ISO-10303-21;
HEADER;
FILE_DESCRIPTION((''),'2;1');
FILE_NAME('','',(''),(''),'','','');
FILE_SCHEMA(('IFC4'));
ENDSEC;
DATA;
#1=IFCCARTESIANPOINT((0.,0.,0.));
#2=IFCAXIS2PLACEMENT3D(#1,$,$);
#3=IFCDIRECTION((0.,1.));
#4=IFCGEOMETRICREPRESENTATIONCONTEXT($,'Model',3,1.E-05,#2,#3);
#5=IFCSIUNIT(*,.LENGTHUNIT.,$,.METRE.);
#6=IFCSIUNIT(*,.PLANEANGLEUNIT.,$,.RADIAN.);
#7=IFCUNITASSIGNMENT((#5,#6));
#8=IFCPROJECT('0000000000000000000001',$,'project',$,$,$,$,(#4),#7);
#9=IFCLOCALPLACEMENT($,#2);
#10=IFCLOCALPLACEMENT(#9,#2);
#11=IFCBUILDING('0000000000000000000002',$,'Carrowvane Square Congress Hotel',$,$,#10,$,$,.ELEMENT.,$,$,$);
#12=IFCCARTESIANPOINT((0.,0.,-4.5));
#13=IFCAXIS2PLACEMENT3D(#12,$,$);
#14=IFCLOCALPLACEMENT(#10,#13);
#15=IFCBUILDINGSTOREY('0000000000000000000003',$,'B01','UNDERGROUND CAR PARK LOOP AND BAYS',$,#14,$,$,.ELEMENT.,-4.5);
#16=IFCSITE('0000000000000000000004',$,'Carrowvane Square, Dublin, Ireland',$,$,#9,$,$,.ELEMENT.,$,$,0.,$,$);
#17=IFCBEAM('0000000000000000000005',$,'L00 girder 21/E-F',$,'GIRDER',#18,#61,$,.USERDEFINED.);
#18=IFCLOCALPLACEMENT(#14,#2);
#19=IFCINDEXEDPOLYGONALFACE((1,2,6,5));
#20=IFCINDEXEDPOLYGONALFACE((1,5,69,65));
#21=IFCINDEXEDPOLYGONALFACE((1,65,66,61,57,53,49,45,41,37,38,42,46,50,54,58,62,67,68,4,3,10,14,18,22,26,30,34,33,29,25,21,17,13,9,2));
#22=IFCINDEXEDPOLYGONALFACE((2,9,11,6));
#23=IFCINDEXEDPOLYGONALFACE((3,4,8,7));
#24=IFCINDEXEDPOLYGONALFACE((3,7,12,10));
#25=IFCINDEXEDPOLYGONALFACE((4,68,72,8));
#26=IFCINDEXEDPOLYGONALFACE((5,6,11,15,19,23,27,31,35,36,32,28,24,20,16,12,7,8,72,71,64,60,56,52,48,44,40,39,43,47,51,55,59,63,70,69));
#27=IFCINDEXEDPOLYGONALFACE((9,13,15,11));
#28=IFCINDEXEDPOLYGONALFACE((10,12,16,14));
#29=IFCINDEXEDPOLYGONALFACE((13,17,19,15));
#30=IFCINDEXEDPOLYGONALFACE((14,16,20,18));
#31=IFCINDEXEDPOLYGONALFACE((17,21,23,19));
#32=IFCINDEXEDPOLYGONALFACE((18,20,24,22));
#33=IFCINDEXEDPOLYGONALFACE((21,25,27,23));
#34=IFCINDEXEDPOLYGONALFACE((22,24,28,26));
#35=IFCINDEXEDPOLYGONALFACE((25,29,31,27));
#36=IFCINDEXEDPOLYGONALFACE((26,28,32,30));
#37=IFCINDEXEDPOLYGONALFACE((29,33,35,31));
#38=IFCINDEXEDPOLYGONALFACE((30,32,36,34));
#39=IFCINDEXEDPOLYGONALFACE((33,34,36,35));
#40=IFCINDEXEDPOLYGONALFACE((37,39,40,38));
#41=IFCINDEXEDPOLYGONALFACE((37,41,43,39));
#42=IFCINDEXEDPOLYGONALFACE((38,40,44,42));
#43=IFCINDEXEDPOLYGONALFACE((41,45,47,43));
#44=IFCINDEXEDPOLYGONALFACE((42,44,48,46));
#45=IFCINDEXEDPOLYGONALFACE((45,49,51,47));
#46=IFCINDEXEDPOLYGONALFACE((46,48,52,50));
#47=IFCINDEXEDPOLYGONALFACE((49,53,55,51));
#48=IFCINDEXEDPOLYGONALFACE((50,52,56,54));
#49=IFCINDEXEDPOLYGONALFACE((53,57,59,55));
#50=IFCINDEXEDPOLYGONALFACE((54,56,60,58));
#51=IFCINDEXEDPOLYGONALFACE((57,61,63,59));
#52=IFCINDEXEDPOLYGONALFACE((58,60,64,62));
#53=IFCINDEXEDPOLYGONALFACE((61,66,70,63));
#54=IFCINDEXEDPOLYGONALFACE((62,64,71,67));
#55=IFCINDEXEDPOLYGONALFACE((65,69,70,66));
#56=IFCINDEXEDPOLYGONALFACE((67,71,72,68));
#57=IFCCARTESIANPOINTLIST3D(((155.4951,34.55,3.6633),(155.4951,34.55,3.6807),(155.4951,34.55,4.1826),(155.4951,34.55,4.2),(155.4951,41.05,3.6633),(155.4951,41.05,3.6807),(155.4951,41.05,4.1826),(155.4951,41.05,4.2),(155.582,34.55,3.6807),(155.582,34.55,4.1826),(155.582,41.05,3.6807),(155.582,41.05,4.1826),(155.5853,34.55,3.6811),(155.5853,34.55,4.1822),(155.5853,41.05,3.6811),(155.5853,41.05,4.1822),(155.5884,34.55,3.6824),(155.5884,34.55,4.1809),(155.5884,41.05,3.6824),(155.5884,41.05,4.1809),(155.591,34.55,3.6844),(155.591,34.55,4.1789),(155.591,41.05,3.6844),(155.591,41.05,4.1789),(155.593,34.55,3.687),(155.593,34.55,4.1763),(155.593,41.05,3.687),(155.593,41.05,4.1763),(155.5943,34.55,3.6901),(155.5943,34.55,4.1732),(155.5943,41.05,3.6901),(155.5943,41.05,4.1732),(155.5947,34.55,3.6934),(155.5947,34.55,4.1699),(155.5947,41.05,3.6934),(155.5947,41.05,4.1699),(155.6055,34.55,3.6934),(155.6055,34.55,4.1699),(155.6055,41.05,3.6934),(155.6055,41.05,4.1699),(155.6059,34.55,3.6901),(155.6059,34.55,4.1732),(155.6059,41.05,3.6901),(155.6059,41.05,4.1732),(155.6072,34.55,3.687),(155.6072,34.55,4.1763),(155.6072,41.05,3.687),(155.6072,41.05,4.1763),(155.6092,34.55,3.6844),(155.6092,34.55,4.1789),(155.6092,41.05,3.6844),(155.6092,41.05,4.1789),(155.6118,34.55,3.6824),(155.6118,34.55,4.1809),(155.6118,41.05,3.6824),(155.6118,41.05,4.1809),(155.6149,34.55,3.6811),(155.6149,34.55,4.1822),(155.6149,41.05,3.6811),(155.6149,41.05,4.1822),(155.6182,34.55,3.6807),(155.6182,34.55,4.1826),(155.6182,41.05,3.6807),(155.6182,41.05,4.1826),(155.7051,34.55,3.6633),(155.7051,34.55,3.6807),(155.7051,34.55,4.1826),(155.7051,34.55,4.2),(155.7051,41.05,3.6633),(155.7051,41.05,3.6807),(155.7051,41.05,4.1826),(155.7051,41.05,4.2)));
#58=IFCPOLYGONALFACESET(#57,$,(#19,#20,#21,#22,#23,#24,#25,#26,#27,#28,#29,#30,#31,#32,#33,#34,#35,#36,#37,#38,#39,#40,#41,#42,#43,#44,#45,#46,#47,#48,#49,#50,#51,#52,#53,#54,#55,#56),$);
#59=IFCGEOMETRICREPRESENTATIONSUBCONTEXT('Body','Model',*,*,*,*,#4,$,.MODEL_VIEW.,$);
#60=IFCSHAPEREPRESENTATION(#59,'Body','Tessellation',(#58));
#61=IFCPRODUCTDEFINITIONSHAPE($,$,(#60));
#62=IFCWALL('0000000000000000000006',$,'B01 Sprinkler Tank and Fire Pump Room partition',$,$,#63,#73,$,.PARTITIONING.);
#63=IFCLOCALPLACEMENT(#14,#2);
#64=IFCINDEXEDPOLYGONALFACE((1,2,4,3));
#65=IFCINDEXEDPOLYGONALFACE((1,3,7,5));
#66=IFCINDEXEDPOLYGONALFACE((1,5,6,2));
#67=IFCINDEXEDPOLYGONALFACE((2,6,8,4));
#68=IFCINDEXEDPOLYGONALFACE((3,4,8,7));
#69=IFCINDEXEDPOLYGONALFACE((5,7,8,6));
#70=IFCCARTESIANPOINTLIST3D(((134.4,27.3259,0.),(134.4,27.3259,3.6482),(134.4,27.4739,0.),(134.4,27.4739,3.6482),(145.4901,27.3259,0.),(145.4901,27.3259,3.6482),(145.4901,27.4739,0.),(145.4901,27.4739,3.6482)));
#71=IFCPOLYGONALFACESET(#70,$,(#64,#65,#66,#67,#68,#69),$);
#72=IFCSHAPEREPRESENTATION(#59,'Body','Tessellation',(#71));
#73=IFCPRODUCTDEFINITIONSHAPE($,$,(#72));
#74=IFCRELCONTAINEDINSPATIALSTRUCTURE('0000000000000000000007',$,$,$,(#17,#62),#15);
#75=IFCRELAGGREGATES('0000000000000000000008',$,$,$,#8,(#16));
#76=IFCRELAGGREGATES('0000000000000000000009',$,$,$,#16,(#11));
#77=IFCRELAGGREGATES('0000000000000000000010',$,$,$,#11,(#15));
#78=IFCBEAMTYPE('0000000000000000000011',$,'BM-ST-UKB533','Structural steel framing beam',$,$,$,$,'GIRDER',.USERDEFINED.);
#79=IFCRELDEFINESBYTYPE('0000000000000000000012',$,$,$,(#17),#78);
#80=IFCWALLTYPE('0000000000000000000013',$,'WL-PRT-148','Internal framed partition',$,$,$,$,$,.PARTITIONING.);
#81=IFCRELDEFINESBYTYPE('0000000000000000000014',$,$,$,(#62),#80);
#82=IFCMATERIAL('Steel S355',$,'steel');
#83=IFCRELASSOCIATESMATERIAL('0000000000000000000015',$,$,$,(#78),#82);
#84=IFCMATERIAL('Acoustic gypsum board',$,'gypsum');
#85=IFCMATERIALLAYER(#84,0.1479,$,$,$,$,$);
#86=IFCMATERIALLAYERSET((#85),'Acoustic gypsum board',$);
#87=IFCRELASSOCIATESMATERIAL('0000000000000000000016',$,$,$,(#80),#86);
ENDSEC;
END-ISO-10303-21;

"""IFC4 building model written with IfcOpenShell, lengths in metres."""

from ifc_helpers import new_model, si_unit, direction, frame, frame_2d, origin, origin_2d, place, context, subcontext, project, spatial, rectangle, i_section, extrude, material, layer, layer_set, material_profile, profile_set, type_object, element, save


model = new_model("IFC4")

# Units and contexts
model_context = context("Model", 3, precision=1e-05, world=origin(), true_north=direction((0.0, 1.0)))
body_context = subcontext(model_context, "Body", "Model", "MODEL_VIEW")
ifc_project = project(units=[si_unit("LENGTHUNIT", "METRE"), si_unit("PLANEANGLEUNIT", "RADIAN")], contexts=[model_context])

# Site, building, storey
site_placement = place(None, origin())
site = spatial("IfcSite", under=ifc_project, at=site_placement, Name="Carrowvane Square, Dublin, Ireland", CompositionType="ELEMENT", RefElevation=0.0)
building_placement = place(site_placement, origin())
building = spatial("IfcBuilding", under=site, at=building_placement, Name="Carrowvane Square Congress Hotel", CompositionType="ELEMENT")
storey_placement = place(building_placement, frame((0.0, 0.0, -4.5)))
storey = spatial("IfcBuildingStorey", under=building, at=storey_placement, Name="B01", Description="UNDERGROUND CAR PARK LOOP AND BAYS", CompositionType="ELEMENT", Elevation=-4.5)

# Beam
ifc_material_1 = material(Name="Steel S355", Category="steel")
ifc_material_profile_1 = material_profile(ifc_material_1, i_section(OverallWidth=0.21, OverallDepth=0.5366, WebThickness=0.0107, FlangeThickness=0.0173, FilletRadius=0.0127, at=origin_2d()), Name="UKB 533x210x101")
ifc_profile_set_1 = profile_set([ifc_material_profile_1], Name="Steel S355")
beam_type_1 = type_object("IfcBeamType", Name="BM-ST-UKB533", Description="Structural steel framing beam", ElementType="GIRDER", PredefinedType="USERDEFINED", material=ifc_profile_set_1)
for number, where, z_axis, x_axis, name in (
    (1, (155.6001, 34.55, 3.9316), (0.0, 1.0, 0.0), (-1.0, 0.0, 0.0), "L00 girder 21/E-F"),
):
    element("IfcBeam", number, at=place(storey_placement, frame(where, z_axis=z_axis, x_axis=x_axis)), inside=storey, type_object=beam_type_1, Name=name, ObjectType="GIRDER", PredefinedType="USERDEFINED", context=body_context, shape_type="SweptSolid", body=[
        extrude(i_section(OverallWidth=0.21, OverallDepth=0.5366, WebThickness=0.0107, FlangeThickness=0.0173, FilletRadius=0.0127, at=origin_2d()), origin(), (0.0, 0.0, 1.0), 6.5),
    ])

# Wall
ifc_material_2 = material(Name="Acoustic gypsum board", Category="gypsum")
ifc_layer = layer(ifc_material_2, 0.1479)
ifc_layer_set = layer_set([ifc_layer], Name="Acoustic gypsum board")
wall_type = type_object("IfcWallType", Name="WL-PRT-148", Description="Internal framed partition", PredefinedType="PARTITIONING", material=ifc_layer_set)
wall_placement = place(storey_placement, frame((145.49, 27.3999, 0.0), z_axis=(0.0, 0.0, 1.0), x_axis=(-1.0, 0.0, 0.0)))
element("IfcWall", 2, at=wall_placement, inside=storey, type_object=wall_type, Name="B01 Sprinkler Tank and Fire Pump Room partition", PredefinedType="PARTITIONING", context=body_context, shape_type="SweptSolid", body=[
    extrude(rectangle(XDim=11.0901, YDim=0.1479, at=frame_2d((5.5449, 0.0))), origin(), (0.0, 0.0, 1.0), 3.6482),
])

save(model, "model.ifc")
